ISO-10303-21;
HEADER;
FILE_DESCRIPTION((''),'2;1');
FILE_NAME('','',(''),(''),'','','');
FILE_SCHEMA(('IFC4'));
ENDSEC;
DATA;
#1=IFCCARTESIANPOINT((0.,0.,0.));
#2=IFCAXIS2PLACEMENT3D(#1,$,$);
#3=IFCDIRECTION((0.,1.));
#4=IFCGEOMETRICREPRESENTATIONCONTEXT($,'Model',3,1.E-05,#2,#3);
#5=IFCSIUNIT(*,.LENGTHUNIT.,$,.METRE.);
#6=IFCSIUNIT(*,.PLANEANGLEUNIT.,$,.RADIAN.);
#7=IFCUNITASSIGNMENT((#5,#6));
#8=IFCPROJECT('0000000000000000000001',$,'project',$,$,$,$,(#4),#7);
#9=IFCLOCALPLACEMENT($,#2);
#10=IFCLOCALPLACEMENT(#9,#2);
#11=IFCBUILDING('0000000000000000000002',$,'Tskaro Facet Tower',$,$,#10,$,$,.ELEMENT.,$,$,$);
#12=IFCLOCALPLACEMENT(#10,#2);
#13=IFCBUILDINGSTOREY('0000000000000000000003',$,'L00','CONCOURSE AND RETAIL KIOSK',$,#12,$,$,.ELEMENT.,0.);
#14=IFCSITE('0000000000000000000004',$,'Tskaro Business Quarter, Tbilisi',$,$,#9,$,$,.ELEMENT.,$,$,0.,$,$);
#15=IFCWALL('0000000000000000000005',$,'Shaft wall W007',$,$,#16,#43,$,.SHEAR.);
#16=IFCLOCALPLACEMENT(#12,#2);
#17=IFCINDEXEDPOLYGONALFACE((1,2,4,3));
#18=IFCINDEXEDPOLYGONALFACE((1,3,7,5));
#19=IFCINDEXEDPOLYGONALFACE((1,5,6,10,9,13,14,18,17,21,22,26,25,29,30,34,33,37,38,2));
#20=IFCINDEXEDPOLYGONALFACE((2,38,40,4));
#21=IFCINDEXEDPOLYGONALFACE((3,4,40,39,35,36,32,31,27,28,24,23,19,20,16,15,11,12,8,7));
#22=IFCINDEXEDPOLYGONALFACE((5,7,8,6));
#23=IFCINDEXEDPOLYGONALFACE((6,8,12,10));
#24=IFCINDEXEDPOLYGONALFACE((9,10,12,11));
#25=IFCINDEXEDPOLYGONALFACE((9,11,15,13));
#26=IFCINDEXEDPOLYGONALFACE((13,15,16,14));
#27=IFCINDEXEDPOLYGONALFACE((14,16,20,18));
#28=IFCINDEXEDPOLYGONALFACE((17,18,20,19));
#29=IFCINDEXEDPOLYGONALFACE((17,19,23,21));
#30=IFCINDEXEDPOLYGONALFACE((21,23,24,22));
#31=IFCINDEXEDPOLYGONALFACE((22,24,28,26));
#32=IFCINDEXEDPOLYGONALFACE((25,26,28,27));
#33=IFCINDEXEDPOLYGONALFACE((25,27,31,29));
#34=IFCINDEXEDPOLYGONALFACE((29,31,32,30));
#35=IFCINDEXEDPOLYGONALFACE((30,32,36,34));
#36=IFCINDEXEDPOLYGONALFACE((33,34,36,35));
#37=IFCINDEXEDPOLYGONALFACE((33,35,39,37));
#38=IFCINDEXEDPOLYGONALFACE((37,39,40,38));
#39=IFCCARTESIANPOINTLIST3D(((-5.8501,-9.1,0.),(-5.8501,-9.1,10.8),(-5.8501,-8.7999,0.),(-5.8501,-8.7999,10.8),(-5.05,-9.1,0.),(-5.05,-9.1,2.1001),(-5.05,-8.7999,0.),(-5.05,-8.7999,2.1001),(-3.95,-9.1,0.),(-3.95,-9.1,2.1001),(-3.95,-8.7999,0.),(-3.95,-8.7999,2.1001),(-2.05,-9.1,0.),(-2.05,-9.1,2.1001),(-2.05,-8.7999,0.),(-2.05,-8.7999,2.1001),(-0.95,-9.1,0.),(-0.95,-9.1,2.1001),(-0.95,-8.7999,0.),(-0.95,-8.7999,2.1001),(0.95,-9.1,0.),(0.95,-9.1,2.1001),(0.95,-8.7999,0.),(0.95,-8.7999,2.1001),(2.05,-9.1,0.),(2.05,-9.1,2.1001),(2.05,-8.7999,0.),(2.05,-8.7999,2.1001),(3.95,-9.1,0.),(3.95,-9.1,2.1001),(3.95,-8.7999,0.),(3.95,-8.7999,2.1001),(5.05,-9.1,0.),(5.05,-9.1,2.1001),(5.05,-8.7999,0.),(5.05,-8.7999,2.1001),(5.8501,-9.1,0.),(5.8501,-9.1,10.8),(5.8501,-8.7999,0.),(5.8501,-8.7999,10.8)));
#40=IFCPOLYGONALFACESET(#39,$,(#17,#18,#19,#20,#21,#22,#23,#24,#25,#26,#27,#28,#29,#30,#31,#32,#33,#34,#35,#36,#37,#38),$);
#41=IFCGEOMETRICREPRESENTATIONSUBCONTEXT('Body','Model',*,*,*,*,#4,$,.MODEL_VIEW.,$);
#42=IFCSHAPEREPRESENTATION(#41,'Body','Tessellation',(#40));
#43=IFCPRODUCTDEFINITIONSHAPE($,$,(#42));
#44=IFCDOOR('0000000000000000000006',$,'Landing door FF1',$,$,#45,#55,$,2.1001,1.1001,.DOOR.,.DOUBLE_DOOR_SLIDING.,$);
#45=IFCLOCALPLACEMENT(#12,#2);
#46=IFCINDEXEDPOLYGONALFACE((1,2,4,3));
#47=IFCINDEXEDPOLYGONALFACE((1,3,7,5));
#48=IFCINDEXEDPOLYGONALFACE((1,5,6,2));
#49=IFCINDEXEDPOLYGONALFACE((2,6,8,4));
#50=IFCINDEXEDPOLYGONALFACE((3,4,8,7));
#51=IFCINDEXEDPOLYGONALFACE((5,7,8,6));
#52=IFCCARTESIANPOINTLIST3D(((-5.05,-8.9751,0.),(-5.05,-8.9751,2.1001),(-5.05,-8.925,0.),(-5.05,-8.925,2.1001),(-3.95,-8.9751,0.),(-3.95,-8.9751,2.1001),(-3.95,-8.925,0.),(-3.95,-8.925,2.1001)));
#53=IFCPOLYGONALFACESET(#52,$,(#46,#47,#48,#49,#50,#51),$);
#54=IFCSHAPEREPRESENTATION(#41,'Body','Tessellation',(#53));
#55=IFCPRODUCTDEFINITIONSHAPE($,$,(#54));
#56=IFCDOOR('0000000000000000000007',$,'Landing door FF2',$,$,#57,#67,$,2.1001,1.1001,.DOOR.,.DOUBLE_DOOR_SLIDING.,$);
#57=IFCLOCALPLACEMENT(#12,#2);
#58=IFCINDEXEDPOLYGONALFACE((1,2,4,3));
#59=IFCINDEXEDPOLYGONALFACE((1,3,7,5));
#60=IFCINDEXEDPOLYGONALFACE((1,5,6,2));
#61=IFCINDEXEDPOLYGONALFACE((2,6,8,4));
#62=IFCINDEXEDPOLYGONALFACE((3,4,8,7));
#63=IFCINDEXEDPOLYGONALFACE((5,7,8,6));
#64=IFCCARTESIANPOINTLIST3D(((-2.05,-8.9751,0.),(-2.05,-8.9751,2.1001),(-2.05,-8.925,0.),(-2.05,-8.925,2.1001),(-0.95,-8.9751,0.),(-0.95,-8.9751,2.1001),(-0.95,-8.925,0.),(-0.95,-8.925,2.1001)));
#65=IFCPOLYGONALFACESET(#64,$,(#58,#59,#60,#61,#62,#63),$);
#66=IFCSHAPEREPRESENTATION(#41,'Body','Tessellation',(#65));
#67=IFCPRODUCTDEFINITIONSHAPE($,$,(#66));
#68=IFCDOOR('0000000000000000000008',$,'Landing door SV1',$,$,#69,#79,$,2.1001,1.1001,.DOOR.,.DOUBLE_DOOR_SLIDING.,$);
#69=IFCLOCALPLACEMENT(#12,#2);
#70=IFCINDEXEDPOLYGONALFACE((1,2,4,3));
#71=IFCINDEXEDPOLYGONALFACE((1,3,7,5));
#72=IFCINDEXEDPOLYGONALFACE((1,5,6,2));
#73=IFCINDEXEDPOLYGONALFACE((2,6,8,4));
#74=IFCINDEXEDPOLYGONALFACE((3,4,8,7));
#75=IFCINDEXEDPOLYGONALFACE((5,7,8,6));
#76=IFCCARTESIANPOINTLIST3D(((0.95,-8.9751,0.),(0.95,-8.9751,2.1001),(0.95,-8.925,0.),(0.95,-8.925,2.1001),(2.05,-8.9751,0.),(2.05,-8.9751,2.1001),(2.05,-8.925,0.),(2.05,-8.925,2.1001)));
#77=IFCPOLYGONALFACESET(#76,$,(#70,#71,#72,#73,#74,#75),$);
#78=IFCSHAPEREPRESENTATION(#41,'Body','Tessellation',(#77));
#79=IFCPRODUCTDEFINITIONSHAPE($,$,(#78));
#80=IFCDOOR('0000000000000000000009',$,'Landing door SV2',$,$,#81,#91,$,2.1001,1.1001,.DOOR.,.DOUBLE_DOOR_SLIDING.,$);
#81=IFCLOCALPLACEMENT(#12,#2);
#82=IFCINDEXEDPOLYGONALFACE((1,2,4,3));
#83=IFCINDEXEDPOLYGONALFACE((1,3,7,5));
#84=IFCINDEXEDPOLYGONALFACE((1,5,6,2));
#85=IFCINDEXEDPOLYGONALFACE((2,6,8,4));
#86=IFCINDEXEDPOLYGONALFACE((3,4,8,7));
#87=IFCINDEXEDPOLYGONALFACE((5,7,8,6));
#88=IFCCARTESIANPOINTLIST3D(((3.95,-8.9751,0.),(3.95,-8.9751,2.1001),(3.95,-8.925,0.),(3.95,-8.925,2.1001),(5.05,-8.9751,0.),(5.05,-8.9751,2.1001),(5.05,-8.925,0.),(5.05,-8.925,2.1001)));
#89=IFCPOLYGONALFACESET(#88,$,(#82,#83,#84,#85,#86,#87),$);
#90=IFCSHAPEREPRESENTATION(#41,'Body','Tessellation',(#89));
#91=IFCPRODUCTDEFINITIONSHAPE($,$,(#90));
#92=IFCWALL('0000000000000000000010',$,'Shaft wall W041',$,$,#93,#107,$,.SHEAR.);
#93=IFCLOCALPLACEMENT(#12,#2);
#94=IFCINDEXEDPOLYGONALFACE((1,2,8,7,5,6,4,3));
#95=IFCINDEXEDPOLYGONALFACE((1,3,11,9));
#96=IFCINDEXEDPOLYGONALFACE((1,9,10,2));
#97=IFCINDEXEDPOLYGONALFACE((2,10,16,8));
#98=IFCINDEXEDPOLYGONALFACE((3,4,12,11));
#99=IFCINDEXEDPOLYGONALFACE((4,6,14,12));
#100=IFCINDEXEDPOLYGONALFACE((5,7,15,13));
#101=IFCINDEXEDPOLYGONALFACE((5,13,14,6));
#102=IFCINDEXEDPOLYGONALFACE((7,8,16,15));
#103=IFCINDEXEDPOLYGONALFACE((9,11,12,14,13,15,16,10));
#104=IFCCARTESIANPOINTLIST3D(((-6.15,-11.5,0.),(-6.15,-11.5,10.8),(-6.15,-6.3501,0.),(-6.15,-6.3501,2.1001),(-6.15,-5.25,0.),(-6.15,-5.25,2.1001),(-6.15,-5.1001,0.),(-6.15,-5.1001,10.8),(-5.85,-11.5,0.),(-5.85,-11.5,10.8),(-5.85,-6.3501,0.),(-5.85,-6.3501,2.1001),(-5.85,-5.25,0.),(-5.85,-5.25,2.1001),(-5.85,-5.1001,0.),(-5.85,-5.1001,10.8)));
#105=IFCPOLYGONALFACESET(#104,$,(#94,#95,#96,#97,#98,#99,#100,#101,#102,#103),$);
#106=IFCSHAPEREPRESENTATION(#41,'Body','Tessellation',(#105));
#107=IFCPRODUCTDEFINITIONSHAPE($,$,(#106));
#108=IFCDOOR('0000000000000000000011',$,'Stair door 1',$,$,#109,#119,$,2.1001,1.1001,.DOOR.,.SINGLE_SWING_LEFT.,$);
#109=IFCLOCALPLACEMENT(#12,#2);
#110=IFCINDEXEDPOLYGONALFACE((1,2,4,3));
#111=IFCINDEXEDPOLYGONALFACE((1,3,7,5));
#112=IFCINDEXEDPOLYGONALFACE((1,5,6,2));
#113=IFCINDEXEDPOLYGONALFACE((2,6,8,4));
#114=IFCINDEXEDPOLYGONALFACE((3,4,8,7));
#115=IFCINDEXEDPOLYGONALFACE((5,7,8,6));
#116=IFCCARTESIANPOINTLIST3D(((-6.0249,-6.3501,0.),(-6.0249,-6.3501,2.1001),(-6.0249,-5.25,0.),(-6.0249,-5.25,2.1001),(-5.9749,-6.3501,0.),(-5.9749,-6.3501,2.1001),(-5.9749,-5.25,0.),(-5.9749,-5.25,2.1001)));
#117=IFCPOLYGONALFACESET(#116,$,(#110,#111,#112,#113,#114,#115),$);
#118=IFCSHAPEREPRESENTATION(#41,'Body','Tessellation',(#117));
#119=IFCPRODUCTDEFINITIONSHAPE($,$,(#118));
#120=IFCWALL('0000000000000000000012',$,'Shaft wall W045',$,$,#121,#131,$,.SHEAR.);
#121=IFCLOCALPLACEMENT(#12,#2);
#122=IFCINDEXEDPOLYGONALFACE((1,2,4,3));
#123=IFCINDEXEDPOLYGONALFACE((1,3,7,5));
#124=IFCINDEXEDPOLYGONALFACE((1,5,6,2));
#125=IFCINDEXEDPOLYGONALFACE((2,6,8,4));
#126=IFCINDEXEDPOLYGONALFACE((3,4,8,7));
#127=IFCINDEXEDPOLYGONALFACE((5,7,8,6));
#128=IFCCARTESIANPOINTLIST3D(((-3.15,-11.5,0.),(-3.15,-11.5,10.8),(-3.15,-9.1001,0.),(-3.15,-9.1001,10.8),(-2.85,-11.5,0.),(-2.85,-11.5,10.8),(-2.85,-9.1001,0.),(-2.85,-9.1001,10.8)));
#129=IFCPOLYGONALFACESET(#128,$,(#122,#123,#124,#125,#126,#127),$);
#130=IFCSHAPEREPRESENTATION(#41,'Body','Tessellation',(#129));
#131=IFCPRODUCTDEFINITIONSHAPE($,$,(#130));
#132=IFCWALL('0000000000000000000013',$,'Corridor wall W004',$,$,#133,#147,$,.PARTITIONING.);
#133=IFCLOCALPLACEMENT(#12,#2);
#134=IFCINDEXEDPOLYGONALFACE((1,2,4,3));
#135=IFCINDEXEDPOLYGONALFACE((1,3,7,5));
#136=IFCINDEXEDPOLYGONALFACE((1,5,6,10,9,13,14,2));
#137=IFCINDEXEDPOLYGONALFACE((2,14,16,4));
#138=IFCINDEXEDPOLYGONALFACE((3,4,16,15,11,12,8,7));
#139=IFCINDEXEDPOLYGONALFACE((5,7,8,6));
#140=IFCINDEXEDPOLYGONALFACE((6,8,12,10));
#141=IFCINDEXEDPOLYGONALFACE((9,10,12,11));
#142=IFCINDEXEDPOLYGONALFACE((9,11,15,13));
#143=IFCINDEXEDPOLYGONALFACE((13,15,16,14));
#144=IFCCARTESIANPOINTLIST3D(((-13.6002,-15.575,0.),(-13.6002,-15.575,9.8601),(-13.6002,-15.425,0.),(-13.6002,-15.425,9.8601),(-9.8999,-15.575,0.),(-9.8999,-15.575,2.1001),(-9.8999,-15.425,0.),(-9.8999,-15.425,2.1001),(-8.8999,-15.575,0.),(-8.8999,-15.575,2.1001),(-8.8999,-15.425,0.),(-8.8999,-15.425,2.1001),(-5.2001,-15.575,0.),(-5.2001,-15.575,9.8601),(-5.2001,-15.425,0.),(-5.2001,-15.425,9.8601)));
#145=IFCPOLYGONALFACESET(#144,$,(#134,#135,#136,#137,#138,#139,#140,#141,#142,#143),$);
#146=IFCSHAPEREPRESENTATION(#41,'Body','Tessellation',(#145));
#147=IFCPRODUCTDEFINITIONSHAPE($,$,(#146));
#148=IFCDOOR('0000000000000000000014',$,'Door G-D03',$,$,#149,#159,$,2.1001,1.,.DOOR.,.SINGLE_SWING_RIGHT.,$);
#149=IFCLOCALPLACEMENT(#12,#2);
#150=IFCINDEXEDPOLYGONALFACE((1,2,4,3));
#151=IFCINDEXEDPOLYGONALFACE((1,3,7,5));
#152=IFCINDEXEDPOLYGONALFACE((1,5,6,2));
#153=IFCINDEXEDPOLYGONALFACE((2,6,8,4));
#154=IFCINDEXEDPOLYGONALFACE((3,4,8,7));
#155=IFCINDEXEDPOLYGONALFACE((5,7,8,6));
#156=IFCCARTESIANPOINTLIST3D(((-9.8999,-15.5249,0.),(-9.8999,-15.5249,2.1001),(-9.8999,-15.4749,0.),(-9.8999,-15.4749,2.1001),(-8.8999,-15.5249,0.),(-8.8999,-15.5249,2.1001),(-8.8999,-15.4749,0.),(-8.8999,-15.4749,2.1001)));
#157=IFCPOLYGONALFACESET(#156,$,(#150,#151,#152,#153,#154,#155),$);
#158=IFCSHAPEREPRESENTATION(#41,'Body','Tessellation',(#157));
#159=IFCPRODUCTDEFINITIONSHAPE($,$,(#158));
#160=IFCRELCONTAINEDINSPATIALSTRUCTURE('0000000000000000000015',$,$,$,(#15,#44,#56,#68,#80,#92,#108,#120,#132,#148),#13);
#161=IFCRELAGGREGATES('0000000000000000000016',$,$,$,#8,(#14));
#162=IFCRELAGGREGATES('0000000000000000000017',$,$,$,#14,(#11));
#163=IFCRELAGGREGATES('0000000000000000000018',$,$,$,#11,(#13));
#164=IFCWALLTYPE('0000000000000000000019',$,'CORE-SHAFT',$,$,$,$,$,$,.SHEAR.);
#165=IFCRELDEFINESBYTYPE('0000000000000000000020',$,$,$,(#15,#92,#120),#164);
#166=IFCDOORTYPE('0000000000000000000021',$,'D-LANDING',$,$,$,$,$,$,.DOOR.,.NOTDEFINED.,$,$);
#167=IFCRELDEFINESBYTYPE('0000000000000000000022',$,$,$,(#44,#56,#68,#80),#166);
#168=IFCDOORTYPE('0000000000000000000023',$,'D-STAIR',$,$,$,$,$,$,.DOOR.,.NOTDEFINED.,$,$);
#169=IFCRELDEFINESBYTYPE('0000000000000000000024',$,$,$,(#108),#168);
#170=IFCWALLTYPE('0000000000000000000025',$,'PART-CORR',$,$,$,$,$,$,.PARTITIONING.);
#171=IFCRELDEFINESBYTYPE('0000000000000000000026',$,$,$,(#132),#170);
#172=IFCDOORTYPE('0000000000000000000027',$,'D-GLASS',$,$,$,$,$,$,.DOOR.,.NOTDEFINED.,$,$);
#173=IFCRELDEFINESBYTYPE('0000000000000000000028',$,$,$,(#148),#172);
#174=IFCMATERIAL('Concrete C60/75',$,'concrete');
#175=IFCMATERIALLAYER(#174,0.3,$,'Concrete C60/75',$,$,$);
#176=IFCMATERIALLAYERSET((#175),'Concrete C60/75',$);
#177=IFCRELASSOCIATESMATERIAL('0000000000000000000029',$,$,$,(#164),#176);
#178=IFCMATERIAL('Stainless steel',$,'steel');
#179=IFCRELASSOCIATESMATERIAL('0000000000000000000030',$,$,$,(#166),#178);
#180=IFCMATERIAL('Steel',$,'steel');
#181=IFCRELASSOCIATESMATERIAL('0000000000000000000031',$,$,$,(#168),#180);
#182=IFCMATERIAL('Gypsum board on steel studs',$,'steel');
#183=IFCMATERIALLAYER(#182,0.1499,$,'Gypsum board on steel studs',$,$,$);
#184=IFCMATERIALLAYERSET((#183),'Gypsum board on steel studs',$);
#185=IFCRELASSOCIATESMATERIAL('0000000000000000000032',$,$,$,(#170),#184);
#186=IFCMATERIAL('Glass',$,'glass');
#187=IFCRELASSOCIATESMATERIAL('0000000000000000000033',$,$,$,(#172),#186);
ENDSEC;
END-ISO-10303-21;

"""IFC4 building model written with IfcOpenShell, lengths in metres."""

from ifc_helpers import new_model, si_unit, direction, frame, frame_2d, origin, place, context, subcontext, project, spatial, rectangle, extrude, material, layer, layer_set, type_object, element, fill, save


model = new_model("IFC4")

# Units and contexts
model_context = context("Model", 3, precision=1e-05, world=origin(), true_north=direction((0.0, 1.0)))
body_context = subcontext(model_context, "Body", "Model", "MODEL_VIEW")
ifc_project = project(units=[si_unit("LENGTHUNIT", "METRE"), si_unit("PLANEANGLEUNIT", "RADIAN")], contexts=[model_context])

# Site, building, storey
site_placement = place(None, origin())
site = spatial("IfcSite", under=ifc_project, at=site_placement, Name="Tskaro Business Quarter, Tbilisi", CompositionType="ELEMENT", RefElevation=0.0)
building_placement = place(site_placement, origin())
building = spatial("IfcBuilding", under=site, at=building_placement, Name="Tskaro Facet Tower", CompositionType="ELEMENT")
storey_placement = place(building_placement, origin())
storey = spatial("IfcBuildingStorey", under=building, at=storey_placement, Name="L00", Description="CONCOURSE AND RETAIL KIOSK", CompositionType="ELEMENT", Elevation=0.0)

# Wall, openings, doors
ifc_material_1 = material(Name="Concrete C60/75", Category="concrete")
ifc_layer_1 = layer(ifc_material_1, 0.3, Name="Concrete C60/75")
ifc_layer_set_1 = layer_set([ifc_layer_1], Name="Concrete C60/75")
wall_type_1 = type_object("IfcWallType", Name="CORE-SHAFT", PredefinedType="SHEAR", material=ifc_layer_set_1)
wall_1_placement = place(storey_placement, frame((-5.8501, -8.95, 0.0), z_axis=(0.0, 0.0, 1.0), x_axis=(1.0, 0.0, 0.0)))
wall_1 = element("IfcWall", 1, at=wall_1_placement, inside=storey, type_object=wall_type_1, Name="Shaft wall W007", PredefinedType="SHEAR", context=body_context, shape_type="SweptSolid", body=[
    extrude(rectangle(XDim=11.7002, YDim=0.3, at=frame_2d((5.8501, 0.0))), origin(), (0.0, 0.0, 1.0), 10.8),
])
opening_1_placement = place(wall_1_placement, frame((0.8, 0.0, 0.0)))
opening_1 = element("IfcOpeningElement", 2, at=opening_1_placement, cuts=wall_1, PredefinedType="OPENING", context=body_context, shape_type="SweptSolid", body=[
    extrude(rectangle(XDim=1.1001, YDim=2.1001, at=frame_2d((0.55, 1.05))), frame((0.0, 0.1599, 0.0), z_axis=(0.0, -1.0, 0.0), x_axis=(1.0, 0.0, 0.0)), (0.0, 0.0, 1.0), 0.3201),
])
opening_2_placement = place(wall_1_placement, frame((3.8, 0.0, 0.0)))
opening_2 = element("IfcOpeningElement", 3, at=opening_2_placement, cuts=wall_1, PredefinedType="OPENING", context=body_context, shape_type="SweptSolid", body=[
    extrude(rectangle(XDim=1.1001, YDim=2.1001, at=frame_2d((0.55, 1.05))), frame((0.0, 0.1599, 0.0), z_axis=(0.0, -1.0, 0.0), x_axis=(1.0, 0.0, 0.0)), (0.0, 0.0, 1.0), 0.3201),
])
opening_3_placement = place(wall_1_placement, frame((6.8, 0.0, 0.0)))
opening_3 = element("IfcOpeningElement", 4, at=opening_3_placement, cuts=wall_1, PredefinedType="OPENING", context=body_context, shape_type="SweptSolid", body=[
    extrude(rectangle(XDim=1.1001, YDim=2.1001, at=frame_2d((0.55, 1.05))), frame((0.0, 0.1599, 0.0), z_axis=(0.0, -1.0, 0.0), x_axis=(1.0, 0.0, 0.0)), (0.0, 0.0, 1.0), 0.3201),
])
opening_4_placement = place(wall_1_placement, frame((9.8, 0.0, 0.0)))
opening_4 = element("IfcOpeningElement", 5, at=opening_4_placement, cuts=wall_1, PredefinedType="OPENING", context=body_context, shape_type="SweptSolid", body=[
    extrude(rectangle(XDim=1.1001, YDim=2.1001, at=frame_2d((0.55, 1.05))), frame((0.0, 0.1599, 0.0), z_axis=(0.0, -1.0, 0.0), x_axis=(1.0, 0.0, 0.0)), (0.0, 0.0, 1.0), 0.3201),
])
ifc_material_2 = material(Name="Stainless steel", Category="steel")
door_type_1 = type_object("IfcDoorType", Name="D-LANDING", OperationType="NOTDEFINED", PredefinedType="DOOR", material=ifc_material_2)
door_1_placement = place(opening_1_placement, origin())
door_1 = element("IfcDoor", 6, at=door_1_placement, inside=storey, type_object=door_type_1, Name="Landing door FF1", OperationType="DOUBLE_DOOR_SLIDING", OverallHeight=2.1001, OverallWidth=1.1001, PredefinedType="DOOR", context=body_context, shape_type="SweptSolid", body=[
    extrude(rectangle(XDim=1.1001, YDim=2.1001, at=frame_2d((0.55, 1.05))), frame((0.0, 0.0249, 0.0), z_axis=(0.0, -1.0, 0.0), x_axis=(1.0, 0.0, 0.0)), (0.0, 0.0, 1.0), 0.05),
])
fill(opening_1, door_1)
door_2_placement = place(opening_2_placement, origin())
door_2 = element("IfcDoor", 7, at=door_2_placement, inside=storey, type_object=door_type_1, Name="Landing door FF2", OperationType="DOUBLE_DOOR_SLIDING", OverallHeight=2.1001, OverallWidth=1.1001, PredefinedType="DOOR", context=body_context, shape_type="SweptSolid", body=[
    extrude(rectangle(XDim=1.1001, YDim=2.1001, at=frame_2d((0.55, 1.05))), frame((0.0, 0.0249, 0.0), z_axis=(0.0, -1.0, 0.0), x_axis=(1.0, 0.0, 0.0)), (0.0, 0.0, 1.0), 0.05),
])
fill(opening_2, door_2)
door_3_placement = place(opening_3_placement, origin())
door_3 = element("IfcDoor", 8, at=door_3_placement, inside=storey, type_object=door_type_1, Name="Landing door SV1", OperationType="DOUBLE_DOOR_SLIDING", OverallHeight=2.1001, OverallWidth=1.1001, PredefinedType="DOOR", context=body_context, shape_type="SweptSolid", body=[
    extrude(rectangle(XDim=1.1001, YDim=2.1001, at=frame_2d((0.55, 1.05))), frame((0.0, 0.0249, 0.0), z_axis=(0.0, -1.0, 0.0), x_axis=(1.0, 0.0, 0.0)), (0.0, 0.0, 1.0), 0.05),
])
fill(opening_3, door_3)
door_4_placement = place(opening_4_placement, origin())
door_4 = element("IfcDoor", 9, at=door_4_placement, inside=storey, type_object=door_type_1, Name="Landing door SV2", OperationType="DOUBLE_DOOR_SLIDING", OverallHeight=2.1001, OverallWidth=1.1001, PredefinedType="DOOR", context=body_context, shape_type="SweptSolid", body=[
    extrude(rectangle(XDim=1.1001, YDim=2.1001, at=frame_2d((0.55, 1.05))), frame((0.0, 0.0249, 0.0), z_axis=(0.0, -1.0, 0.0), x_axis=(1.0, 0.0, 0.0)), (0.0, 0.0, 1.0), 0.05),
])
fill(opening_4, door_4)

# Wall, opening, door
wall_2_placement = place(storey_placement, frame((-6.0, -11.5, 0.0), z_axis=(0.0, 0.0, 1.0), x_axis=(0.0, 1.0, 0.0)))
wall_2 = element("IfcWall", 10, at=wall_2_placement, inside=storey, type_object=wall_type_1, Name="Shaft wall W041", PredefinedType="SHEAR", context=body_context, shape_type="SweptSolid", body=[
    extrude(rectangle(XDim=6.3999, YDim=0.3, at=frame_2d((3.2, 0.0))), origin(), (0.0, 0.0, 1.0), 10.8),
])
opening_5_placement = place(wall_2_placement, frame((5.1499, 0.0, 0.0)))
opening_5 = element("IfcOpeningElement", 11, at=opening_5_placement, cuts=wall_2, PredefinedType="OPENING", context=body_context, shape_type="SweptSolid", body=[
    extrude(rectangle(XDim=1.1001, YDim=2.1001, at=frame_2d((0.55, 1.05))), frame((0.0, 0.1599, 0.0), z_axis=(0.0, -1.0, 0.0), x_axis=(1.0, 0.0, 0.0)), (0.0, 0.0, 1.0), 0.3201),
])
ifc_material_3 = material(Name="Steel", Category="steel")
door_type_2 = type_object("IfcDoorType", Name="D-STAIR", OperationType="NOTDEFINED", PredefinedType="DOOR", material=ifc_material_3)
door_5_placement = place(opening_5_placement, origin())
door_5 = element("IfcDoor", 12, at=door_5_placement, inside=storey, type_object=door_type_2, Name="Stair door 1", OperationType="SINGLE_SWING_LEFT", OverallHeight=2.1001, OverallWidth=1.1001, PredefinedType="DOOR", context=body_context, shape_type="SweptSolid", body=[
    extrude(rectangle(XDim=1.1001, YDim=2.1001, at=frame_2d((0.55, 1.05))), frame((0.0, 0.0249, 0.0), z_axis=(0.0, -1.0, 0.0), x_axis=(1.0, 0.0, 0.0)), (0.0, 0.0, 1.0), 0.05),
])
fill(opening_5, door_5)

# Wall
wall_3_placement = place(storey_placement, frame((-3.0, -11.5, 0.0), z_axis=(0.0, 0.0, 1.0), x_axis=(0.0, 1.0, 0.0)))
element("IfcWall", 13, at=wall_3_placement, inside=storey, type_object=wall_type_1, Name="Shaft wall W045", PredefinedType="SHEAR", context=body_context, shape_type="SweptSolid", body=[
    extrude(rectangle(XDim=2.3999, YDim=0.3, at=frame_2d((1.2, 0.0))), origin(), (0.0, 0.0, 1.0), 10.8),
])

# Wall, opening, door
ifc_material_4 = material(Name="Gypsum board on steel studs", Category="steel")
ifc_layer_2 = layer(ifc_material_4, 0.1499, Name="Gypsum board on steel studs")
ifc_layer_set_2 = layer_set([ifc_layer_2], Name="Gypsum board on steel studs")
wall_type_2 = type_object("IfcWallType", Name="PART-CORR", PredefinedType="PARTITIONING", material=ifc_layer_set_2)
wall_4_placement = place(storey_placement, frame((-5.2, -15.5, 0.0), z_axis=(0.0, 0.0, 1.0), x_axis=(-1.0, 0.0, 0.0)))
wall_4 = element("IfcWall", 14, at=wall_4_placement, inside=storey, type_object=wall_type_2, Name="Corridor wall W004", PredefinedType="PARTITIONING", context=body_context, shape_type="SweptSolid", body=[
    extrude(rectangle(XDim=8.4001, YDim=0.1499, at=frame_2d((4.2002, 0.0))), origin(), (0.0, 0.0, 1.0), 9.8601),
])
opening_6_placement = place(wall_4_placement, frame((3.7, 0.0, 0.0)))
opening_6 = element("IfcOpeningElement", 15, at=opening_6_placement, cuts=wall_4, PredefinedType="OPENING", context=body_context, shape_type="SweptSolid", body=[
    extrude(rectangle(XDim=1.0, YDim=2.1001, at=frame_2d((0.5, 1.05))), frame((0.0, 0.085, 0.0), z_axis=(0.0, -1.0, 0.0), x_axis=(1.0, 0.0, 0.0)), (0.0, 0.0, 1.0), 0.1699),
])
ifc_material_5 = material(Name="Glass", Category="glass")
door_type_3 = type_object("IfcDoorType", Name="D-GLASS", OperationType="NOTDEFINED", PredefinedType="DOOR", material=ifc_material_5)
door_6_placement = place(opening_6_placement, origin())
door_6 = element("IfcDoor", 16, at=door_6_placement, inside=storey, type_object=door_type_3, Name="Door G-D03", OperationType="SINGLE_SWING_RIGHT", OverallHeight=2.1001, OverallWidth=1.0, PredefinedType="DOOR", context=body_context, shape_type="SweptSolid", body=[
    extrude(rectangle(XDim=1.0, YDim=2.1001, at=frame_2d((0.5, 1.05))), frame((0.0, 0.0249, 0.0), z_axis=(0.0, -1.0, 0.0), x_axis=(1.0, 0.0, 0.0)), (0.0, 0.0, 1.0), 0.05),
])
fill(opening_6, door_6)

save(model, "model.ifc")
